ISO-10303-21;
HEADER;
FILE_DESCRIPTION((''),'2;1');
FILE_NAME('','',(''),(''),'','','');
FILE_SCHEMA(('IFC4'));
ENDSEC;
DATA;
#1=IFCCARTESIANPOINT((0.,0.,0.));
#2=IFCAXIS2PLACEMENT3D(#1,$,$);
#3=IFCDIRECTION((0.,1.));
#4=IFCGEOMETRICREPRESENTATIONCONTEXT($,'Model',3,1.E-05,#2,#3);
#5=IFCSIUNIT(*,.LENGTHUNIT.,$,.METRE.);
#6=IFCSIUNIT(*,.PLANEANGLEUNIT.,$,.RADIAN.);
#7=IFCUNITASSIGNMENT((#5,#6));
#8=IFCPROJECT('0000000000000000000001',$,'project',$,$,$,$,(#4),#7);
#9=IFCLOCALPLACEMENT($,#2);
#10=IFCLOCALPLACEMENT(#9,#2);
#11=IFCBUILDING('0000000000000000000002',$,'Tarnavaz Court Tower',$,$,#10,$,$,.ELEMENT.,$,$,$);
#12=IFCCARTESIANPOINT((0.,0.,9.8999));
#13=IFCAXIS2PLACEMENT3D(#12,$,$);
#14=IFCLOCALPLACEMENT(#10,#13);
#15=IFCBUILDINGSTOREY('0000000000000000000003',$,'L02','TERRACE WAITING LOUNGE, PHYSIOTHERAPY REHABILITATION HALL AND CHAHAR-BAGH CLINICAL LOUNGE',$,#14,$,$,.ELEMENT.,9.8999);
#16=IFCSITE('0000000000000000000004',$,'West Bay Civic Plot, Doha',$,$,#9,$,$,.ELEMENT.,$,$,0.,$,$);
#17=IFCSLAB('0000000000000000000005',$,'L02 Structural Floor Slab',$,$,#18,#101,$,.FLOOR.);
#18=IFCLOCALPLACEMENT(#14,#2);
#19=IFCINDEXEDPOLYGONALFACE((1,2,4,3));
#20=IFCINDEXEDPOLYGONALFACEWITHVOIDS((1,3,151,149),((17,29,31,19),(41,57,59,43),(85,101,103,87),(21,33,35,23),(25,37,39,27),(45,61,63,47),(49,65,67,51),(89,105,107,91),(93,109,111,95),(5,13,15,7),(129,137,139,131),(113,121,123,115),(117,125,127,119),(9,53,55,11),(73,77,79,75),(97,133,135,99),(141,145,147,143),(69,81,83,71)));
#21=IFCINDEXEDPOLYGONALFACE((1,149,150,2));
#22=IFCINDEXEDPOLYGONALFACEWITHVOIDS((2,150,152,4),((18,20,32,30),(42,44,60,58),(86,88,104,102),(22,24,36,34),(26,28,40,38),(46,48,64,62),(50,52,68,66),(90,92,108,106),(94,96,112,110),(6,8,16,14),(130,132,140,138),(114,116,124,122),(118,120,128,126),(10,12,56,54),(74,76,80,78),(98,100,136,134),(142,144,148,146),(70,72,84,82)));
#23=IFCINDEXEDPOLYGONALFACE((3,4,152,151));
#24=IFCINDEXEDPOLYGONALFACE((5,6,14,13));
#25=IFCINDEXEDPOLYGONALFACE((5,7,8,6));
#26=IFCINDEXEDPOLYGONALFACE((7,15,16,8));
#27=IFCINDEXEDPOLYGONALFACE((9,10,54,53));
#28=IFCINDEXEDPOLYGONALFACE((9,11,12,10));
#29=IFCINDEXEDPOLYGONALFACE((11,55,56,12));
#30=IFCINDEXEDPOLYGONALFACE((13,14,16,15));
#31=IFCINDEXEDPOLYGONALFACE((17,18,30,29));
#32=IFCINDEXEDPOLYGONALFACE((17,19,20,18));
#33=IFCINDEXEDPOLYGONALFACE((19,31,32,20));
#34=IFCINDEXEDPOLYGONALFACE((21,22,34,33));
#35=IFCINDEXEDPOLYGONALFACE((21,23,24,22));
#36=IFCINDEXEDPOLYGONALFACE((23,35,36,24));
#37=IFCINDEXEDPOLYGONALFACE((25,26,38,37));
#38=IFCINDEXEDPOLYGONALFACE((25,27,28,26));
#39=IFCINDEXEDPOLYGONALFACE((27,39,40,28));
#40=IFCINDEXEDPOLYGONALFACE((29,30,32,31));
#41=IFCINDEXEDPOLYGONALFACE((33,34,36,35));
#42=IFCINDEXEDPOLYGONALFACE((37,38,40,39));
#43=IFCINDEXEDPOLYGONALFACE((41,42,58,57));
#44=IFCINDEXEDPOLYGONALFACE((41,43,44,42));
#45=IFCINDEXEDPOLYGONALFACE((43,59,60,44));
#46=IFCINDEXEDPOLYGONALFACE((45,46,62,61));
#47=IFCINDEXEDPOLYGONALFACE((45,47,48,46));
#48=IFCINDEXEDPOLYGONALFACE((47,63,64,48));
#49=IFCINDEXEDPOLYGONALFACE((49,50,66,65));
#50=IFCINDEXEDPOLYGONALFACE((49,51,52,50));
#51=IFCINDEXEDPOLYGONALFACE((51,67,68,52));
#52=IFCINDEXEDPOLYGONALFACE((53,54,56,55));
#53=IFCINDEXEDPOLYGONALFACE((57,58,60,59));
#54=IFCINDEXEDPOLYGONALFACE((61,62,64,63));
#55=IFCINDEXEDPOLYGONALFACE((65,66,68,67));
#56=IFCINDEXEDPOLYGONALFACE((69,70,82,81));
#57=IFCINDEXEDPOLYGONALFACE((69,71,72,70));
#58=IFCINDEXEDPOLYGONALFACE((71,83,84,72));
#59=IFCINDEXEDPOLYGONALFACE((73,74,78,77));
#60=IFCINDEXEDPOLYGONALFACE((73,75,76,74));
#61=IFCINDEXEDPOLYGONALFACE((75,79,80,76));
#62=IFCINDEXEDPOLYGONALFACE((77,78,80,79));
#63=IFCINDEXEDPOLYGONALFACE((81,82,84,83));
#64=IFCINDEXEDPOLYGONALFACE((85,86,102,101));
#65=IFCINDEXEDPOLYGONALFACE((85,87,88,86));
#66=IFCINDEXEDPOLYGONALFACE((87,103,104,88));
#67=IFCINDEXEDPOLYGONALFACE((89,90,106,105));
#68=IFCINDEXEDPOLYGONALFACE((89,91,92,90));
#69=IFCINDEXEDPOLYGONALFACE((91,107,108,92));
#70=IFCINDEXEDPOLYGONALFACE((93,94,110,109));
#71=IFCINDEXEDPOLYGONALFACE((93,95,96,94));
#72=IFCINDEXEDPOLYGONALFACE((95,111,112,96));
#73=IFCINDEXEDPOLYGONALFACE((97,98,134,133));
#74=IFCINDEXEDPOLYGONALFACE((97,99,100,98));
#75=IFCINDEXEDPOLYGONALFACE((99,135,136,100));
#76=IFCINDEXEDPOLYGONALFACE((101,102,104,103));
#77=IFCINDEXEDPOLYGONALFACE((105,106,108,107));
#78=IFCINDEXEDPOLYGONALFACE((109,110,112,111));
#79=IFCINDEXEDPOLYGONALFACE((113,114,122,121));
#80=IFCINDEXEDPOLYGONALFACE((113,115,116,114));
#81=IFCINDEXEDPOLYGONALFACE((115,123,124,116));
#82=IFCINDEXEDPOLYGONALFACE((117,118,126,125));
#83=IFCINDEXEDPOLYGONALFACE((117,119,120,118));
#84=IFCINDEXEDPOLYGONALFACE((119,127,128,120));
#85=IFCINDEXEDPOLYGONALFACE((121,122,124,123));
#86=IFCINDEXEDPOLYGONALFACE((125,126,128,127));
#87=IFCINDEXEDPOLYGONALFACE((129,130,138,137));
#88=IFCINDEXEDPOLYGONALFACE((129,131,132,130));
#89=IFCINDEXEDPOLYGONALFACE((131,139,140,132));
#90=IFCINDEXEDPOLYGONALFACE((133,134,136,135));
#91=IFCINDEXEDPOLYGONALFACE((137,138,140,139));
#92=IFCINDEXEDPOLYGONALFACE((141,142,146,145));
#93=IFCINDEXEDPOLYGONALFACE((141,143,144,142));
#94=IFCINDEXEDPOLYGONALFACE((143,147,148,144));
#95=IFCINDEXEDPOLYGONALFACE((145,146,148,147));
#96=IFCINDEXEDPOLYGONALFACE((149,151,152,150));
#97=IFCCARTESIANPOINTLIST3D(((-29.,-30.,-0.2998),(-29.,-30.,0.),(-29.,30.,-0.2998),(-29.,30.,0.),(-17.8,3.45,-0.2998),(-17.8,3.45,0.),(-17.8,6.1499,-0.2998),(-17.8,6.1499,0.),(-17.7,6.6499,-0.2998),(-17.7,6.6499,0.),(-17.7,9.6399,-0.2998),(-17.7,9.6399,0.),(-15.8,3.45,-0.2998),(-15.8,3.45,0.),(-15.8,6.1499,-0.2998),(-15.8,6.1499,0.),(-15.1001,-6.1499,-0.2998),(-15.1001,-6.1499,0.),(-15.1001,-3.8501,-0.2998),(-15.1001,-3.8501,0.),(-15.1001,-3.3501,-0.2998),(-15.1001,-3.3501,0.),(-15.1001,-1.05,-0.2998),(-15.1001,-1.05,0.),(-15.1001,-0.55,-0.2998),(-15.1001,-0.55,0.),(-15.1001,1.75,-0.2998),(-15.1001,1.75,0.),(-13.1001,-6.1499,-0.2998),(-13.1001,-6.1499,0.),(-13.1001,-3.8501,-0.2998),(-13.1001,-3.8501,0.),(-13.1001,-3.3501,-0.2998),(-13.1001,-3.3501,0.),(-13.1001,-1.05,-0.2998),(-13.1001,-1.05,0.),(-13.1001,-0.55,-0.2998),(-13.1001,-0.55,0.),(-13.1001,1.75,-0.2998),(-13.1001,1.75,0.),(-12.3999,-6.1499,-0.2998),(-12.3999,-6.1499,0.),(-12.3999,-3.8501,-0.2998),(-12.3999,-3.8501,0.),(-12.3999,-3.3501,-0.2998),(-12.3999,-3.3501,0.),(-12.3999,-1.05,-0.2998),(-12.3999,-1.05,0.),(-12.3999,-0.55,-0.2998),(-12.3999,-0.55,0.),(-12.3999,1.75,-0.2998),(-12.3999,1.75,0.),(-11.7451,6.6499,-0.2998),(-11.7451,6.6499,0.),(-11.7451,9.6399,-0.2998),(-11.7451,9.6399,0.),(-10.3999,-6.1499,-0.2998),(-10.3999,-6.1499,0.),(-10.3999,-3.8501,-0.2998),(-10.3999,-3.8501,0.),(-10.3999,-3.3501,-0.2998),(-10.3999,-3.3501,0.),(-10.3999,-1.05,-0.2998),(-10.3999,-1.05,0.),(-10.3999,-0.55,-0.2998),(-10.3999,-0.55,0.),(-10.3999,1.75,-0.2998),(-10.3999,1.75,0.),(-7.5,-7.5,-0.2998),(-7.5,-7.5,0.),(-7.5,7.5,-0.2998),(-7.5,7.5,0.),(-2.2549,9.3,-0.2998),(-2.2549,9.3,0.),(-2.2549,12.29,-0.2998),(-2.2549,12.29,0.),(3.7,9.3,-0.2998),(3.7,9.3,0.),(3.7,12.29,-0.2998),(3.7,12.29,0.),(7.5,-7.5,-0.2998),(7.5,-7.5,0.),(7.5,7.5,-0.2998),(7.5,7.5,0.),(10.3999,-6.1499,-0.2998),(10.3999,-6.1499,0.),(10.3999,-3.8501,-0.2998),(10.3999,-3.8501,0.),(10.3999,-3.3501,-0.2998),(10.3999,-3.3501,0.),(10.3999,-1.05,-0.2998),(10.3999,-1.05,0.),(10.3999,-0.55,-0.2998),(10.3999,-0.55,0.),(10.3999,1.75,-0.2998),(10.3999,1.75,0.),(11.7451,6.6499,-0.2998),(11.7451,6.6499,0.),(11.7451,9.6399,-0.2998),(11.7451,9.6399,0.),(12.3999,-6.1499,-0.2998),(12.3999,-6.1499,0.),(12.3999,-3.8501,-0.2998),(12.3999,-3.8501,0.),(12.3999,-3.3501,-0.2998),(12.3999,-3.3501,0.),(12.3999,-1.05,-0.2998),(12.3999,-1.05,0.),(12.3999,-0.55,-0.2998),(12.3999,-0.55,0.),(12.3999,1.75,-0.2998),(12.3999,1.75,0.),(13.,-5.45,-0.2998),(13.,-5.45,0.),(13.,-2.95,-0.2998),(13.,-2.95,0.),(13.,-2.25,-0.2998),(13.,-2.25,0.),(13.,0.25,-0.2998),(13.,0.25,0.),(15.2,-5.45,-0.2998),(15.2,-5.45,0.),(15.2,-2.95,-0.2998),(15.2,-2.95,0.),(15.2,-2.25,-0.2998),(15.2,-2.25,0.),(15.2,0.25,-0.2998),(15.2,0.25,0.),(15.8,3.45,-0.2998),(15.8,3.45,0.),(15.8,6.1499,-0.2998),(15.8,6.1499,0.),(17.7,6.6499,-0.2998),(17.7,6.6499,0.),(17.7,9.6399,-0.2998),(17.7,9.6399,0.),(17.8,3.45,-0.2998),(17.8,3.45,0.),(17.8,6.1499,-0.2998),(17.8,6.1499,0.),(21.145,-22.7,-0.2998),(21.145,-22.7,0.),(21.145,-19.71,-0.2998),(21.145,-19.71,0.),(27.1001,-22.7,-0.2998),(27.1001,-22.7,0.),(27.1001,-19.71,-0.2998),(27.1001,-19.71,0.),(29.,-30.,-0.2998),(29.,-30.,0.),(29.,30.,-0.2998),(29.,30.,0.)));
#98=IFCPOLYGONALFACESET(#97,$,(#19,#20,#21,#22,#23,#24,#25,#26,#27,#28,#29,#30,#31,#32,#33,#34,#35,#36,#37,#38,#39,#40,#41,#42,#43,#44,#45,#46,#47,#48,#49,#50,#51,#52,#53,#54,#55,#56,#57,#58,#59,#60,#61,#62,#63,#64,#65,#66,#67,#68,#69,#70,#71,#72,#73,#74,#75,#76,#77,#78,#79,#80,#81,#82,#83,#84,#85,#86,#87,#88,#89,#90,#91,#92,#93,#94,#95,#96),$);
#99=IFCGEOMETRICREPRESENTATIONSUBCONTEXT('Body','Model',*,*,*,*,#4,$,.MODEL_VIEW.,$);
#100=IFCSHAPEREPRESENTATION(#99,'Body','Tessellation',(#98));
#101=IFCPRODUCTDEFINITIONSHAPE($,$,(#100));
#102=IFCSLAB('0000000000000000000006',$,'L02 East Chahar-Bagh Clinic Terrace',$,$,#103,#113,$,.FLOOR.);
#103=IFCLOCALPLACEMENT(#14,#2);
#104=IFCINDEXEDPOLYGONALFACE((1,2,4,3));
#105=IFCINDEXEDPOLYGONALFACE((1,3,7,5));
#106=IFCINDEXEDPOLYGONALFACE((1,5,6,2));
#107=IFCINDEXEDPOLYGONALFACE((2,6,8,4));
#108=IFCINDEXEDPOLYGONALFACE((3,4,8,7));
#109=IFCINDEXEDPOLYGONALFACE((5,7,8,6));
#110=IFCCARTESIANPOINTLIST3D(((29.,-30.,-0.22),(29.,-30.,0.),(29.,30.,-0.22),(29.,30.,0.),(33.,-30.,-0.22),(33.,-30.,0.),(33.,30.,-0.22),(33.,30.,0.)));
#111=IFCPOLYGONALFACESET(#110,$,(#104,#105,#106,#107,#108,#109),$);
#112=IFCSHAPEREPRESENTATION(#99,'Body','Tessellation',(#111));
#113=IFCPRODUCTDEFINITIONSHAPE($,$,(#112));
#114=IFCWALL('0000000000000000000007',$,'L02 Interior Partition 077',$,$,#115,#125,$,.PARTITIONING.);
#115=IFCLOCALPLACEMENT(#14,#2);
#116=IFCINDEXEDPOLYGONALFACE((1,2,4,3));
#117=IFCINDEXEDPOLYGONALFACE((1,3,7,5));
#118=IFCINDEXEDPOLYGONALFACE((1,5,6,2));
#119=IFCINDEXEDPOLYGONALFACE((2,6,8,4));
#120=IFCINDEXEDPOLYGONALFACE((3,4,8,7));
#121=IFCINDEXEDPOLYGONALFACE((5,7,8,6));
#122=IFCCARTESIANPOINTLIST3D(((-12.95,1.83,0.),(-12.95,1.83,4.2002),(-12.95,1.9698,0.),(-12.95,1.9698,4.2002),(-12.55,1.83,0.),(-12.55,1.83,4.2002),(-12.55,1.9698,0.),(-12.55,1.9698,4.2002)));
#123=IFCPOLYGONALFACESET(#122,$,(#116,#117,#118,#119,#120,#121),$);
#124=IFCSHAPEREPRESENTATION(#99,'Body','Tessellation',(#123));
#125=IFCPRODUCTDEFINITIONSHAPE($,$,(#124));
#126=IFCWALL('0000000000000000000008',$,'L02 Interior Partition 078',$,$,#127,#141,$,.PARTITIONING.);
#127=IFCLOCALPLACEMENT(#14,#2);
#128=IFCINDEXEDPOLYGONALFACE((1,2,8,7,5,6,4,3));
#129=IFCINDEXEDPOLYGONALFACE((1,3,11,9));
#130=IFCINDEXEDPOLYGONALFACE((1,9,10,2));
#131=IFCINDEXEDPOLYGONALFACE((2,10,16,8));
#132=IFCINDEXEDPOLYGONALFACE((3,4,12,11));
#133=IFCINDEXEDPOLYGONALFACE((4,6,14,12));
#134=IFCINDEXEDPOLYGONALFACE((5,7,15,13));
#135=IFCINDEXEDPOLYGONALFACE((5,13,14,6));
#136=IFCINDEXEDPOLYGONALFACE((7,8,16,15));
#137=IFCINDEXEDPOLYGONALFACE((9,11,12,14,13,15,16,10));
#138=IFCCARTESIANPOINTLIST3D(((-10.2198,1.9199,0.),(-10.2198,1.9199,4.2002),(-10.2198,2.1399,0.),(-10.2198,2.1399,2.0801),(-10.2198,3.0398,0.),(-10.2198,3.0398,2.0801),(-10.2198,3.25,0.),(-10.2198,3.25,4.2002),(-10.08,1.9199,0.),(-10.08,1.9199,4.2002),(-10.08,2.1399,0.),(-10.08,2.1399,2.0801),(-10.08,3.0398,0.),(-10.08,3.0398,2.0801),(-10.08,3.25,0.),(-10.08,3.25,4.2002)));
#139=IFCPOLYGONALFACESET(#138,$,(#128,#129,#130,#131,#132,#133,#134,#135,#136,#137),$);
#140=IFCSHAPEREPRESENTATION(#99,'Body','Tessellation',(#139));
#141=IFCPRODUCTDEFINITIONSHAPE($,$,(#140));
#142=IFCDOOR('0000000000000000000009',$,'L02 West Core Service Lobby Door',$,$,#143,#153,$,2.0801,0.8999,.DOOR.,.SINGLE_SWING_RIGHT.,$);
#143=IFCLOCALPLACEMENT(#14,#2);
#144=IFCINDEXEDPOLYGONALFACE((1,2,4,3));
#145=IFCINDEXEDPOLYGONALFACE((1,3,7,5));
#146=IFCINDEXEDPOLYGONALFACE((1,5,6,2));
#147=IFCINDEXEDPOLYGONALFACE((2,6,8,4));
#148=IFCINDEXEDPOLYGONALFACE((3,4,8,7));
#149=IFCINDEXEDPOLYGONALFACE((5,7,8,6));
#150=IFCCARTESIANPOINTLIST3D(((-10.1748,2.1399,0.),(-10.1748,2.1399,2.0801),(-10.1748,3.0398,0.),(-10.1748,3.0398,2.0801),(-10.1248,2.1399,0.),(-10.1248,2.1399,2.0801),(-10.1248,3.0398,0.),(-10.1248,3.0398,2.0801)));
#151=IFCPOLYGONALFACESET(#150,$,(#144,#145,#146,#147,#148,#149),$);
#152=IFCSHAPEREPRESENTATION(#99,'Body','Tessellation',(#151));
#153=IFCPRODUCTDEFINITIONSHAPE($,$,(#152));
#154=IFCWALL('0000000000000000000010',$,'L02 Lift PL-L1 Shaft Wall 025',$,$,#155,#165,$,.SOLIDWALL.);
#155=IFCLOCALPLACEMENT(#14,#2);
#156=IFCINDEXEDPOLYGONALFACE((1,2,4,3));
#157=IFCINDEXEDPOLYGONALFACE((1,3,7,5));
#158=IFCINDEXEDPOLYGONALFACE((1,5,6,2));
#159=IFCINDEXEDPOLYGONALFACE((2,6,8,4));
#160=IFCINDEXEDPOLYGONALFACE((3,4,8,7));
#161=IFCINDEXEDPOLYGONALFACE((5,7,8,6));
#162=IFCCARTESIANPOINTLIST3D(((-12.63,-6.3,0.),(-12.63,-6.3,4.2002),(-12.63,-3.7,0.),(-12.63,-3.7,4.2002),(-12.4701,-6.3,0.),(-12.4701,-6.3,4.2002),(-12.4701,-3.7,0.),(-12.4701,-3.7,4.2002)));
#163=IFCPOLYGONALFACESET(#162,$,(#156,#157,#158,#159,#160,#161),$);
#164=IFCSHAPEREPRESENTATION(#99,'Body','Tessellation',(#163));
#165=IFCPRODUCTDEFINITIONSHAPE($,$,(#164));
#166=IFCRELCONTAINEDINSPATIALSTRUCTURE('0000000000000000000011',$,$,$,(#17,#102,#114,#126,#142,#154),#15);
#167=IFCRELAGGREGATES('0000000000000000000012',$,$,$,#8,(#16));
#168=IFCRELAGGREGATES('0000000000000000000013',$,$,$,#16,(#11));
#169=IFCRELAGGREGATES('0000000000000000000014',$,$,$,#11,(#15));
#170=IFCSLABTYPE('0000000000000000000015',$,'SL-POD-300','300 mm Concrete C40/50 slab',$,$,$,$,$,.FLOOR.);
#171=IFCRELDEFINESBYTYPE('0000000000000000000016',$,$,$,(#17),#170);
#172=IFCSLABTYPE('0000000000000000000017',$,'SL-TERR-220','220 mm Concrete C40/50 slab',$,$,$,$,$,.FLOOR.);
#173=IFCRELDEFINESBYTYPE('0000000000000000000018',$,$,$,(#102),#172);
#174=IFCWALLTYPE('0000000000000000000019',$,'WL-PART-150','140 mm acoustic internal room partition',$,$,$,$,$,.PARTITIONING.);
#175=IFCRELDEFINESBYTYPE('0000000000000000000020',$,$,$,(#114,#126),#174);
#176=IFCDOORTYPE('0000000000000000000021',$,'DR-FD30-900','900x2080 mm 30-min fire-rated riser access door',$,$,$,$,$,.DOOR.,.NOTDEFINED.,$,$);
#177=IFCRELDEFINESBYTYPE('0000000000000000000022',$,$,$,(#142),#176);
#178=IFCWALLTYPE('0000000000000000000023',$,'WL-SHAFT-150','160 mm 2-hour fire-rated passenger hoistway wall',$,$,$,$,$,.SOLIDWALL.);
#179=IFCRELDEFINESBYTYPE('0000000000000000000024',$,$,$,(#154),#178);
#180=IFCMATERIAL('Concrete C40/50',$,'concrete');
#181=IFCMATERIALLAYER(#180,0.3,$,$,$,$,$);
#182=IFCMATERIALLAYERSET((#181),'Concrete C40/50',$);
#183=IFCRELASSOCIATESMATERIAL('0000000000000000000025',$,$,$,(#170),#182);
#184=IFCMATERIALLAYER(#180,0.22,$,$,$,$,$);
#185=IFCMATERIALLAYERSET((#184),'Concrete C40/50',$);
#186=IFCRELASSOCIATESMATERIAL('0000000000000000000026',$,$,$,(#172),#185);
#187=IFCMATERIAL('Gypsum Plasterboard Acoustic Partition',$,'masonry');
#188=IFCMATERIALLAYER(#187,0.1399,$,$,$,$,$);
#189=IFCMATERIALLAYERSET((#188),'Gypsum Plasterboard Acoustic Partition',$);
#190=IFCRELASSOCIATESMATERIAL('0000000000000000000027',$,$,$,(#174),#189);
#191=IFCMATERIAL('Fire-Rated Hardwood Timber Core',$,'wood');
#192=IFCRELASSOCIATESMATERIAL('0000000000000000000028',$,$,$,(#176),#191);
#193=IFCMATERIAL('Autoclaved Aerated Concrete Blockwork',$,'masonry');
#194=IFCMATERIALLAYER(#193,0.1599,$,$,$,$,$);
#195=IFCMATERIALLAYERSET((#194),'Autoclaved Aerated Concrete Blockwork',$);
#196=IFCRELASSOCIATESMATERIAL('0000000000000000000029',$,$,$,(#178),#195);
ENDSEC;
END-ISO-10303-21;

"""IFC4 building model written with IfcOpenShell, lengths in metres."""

from ifc_helpers import new_model, si_unit, direction, frame, frame_2d, origin, place, context, subcontext, project, spatial, polyline, rectangle, outline, extrude, material, layer, layer_set, type_object, element, fill, save


model = new_model("IFC4")

# Units and contexts
model_context = context("Model", 3, precision=1e-05, world=origin(), true_north=direction((0.0, 1.0)))
body_context = subcontext(model_context, "Body", "Model", "MODEL_VIEW")
ifc_project = project(units=[si_unit("LENGTHUNIT", "METRE"), si_unit("PLANEANGLEUNIT", "RADIAN")], contexts=[model_context])

# Site, building, storey
site_placement = place(None, origin())
site = spatial("IfcSite", under=ifc_project, at=site_placement, Name="West Bay Civic Plot, Doha", CompositionType="ELEMENT", RefElevation=0.0)
building_placement = place(site_placement, origin())
building = spatial("IfcBuilding", under=site, at=building_placement, Name="Tarnavaz Court Tower", CompositionType="ELEMENT")
storey_placement = place(building_placement, frame((0.0, 0.0, 9.8999)))
storey = spatial("IfcBuildingStorey", under=building, at=storey_placement, Name="L02", Description="TERRACE WAITING LOUNGE, PHYSIOTHERAPY REHABILITATION HALL AND CHAHAR-BAGH CLINICAL LOUNGE", CompositionType="ELEMENT", Elevation=9.8999)

# Slabs
ifc_material_1 = material(Name="Concrete C40/50", Category="concrete")
ifc_layer_1 = layer(ifc_material_1, 0.3)
ifc_layer_set_1 = layer_set([ifc_layer_1], Name="Concrete C40/50")
slab_type_1 = type_object("IfcSlabType", Name="SL-POD-300", Description="300 mm Concrete C40/50 slab", PredefinedType="FLOOR", material=ifc_layer_set_1)
slab_1_placement = place(storey_placement, frame((0.0, 0.0, -0.2998)))
element("IfcSlab", 1, at=slab_1_placement, inside=storey, type_object=slab_type_1, Name="L02 Structural Floor Slab", PredefinedType="FLOOR", context=body_context, shape_type="SweptSolid", body=[
    extrude(outline(polyline([(-29.0, -30.0), (29.0, -30.0), (29.0, 30.0), (-29.0, 30.0), (-29.0, -30.0)]), holes=[polyline([(-7.5, -7.5), (7.5, -7.5), (7.5, 7.5), (-7.5, 7.5), (-7.5, -7.5)]), polyline([(-11.7451, 9.6399), (-17.7, 9.6399), (-17.7, 6.6499), (-11.7451, 6.6499), (-11.7451, 9.6399)]), polyline([(11.7451, 6.6499), (17.7, 6.6499), (17.7, 9.6399), (11.7451, 9.6399), (11.7451, 6.6499)]), polyline([(-2.2549, 9.3), (3.7, 9.3), (3.7, 12.29), (-2.2549, 12.29), (-2.2549, 9.3)]), polyline([(21.145, -22.7), (27.1001, -22.7), (27.1001, -19.71), (21.145, -19.71), (21.145, -22.7)]), polyline([(-17.8, 3.45), (-15.8, 3.45), (-15.8, 6.1499), (-17.8, 6.1499), (-17.8, 3.45)]), polyline([(-12.3999, -6.1499), (-10.3999, -6.1499), (-10.3999, -3.8501), (-12.3999, -3.8501), (-12.3999, -6.1499)]), polyline([(-12.3999, -3.3501), (-10.3999, -3.3501), (-10.3999, -1.05), (-12.3999, -1.05), (-12.3999, -3.3501)]), polyline([(-12.3999, -0.55), (-10.3999, -0.55), (-10.3999, 1.75), (-12.3999, 1.75), (-12.3999, -0.55)]), polyline([(-15.1001, -6.1499), (-13.1001, -6.1499), (-13.1001, -3.8501), (-15.1001, -3.8501), (-15.1001, -6.1499)]), polyline([(-15.1001, -3.3501), (-13.1001, -3.3501), (-13.1001, -1.05), (-15.1001, -1.05), (-15.1001, -3.3501)]), polyline([(-15.1001, -0.55), (-13.1001, -0.55), (-13.1001, 1.75), (-15.1001, 1.75), (-15.1001, -0.55)]), polyline([(15.8, 3.45), (17.8, 3.45), (17.8, 6.1499), (15.8, 6.1499), (15.8, 3.45)]), polyline([(10.3999, -6.1499), (12.3999, -6.1499), (12.3999, -3.8501), (10.3999, -3.8501), (10.3999, -6.1499)]), polyline([(10.3999, -3.3501), (12.3999, -3.3501), (12.3999, -1.05), (10.3999, -1.05), (10.3999, -3.3501)]), polyline([(10.3999, -0.55), (12.3999, -0.55), (12.3999, 1.75), (10.3999, 1.75), (10.3999, -0.55)]), polyline([(13.0, -5.45), (15.2, -5.45), (15.2, -2.95), (13.0, -2.95), (13.0, -5.45)]), polyline([(13.0, -2.25), (15.2, -2.25), (15.2, 0.25), (13.0, 0.25), (13.0, -2.25)])]), origin(), (0.0, 0.0, 1.0), 0.2998),
])
ifc_layer_2 = layer(ifc_material_1, 0.22)
ifc_layer_set_2 = layer_set([ifc_layer_2], Name="Concrete C40/50")
slab_type_2 = type_object("IfcSlabType", Name="SL-TERR-220", Description="220 mm Concrete C40/50 slab", PredefinedType="FLOOR", material=ifc_layer_set_2)
slab_2_placement = place(storey_placement, frame((0.0, 0.0, -0.22)))
element("IfcSlab", 2, at=slab_2_placement, inside=storey, type_object=slab_type_2, Name="L02 East Chahar-Bagh Clinic Terrace", PredefinedType="FLOOR", context=body_context, shape_type="SweptSolid", body=[
    extrude(outline(polyline([(29.0, -30.0), (33.0, -30.0), (33.0, 30.0), (29.0, 30.0), (29.0, -30.0)])), origin(), (0.0, 0.0, 1.0), 0.22),
])

# Wall
ifc_material_2 = material(Name="Gypsum Plasterboard Acoustic Partition", Category="masonry")
ifc_layer_3 = layer(ifc_material_2, 0.1399)
ifc_layer_set_3 = layer_set([ifc_layer_3], Name="Gypsum Plasterboard Acoustic Partition")
wall_type_1 = type_object("IfcWallType", Name="WL-PART-150", Description="140 mm acoustic internal room partition", PredefinedType="PARTITIONING", material=ifc_layer_set_3)
wall_1_placement = place(storey_placement, frame((-12.95, 1.8999, 0.0), z_axis=(0.0, 0.0, 1.0), x_axis=(1.0, 0.0, 0.0)))
element("IfcWall", 3, at=wall_1_placement, inside=storey, type_object=wall_type_1, Name="L02 Interior Partition 077", PredefinedType="PARTITIONING", context=body_context, shape_type="SweptSolid", body=[
    extrude(rectangle(XDim=0.3999, YDim=0.1399, at=frame_2d((0.2, 0.0))), origin(), (0.0, 0.0, 1.0), 4.2002),
])

# Wall, opening, door
wall_2_placement = place(storey_placement, frame((-10.1499, 1.9199, 0.0), z_axis=(0.0, 0.0, 1.0), x_axis=(0.0, 1.0, 0.0)))
wall_2 = element("IfcWall", 4, at=wall_2_placement, inside=storey, type_object=wall_type_1, Name="L02 Interior Partition 078", PredefinedType="PARTITIONING", context=body_context, shape_type="SweptSolid", body=[
    extrude(rectangle(XDim=1.3301, YDim=0.1399, at=frame_2d((0.665, 0.0))), origin(), (0.0, 0.0, 1.0), 4.2002),
])
opening_1_placement = place(wall_2_placement, frame((0.22, 0.0, 0.0)))
opening_1 = element("IfcOpeningElement", 5, at=opening_1_placement, cuts=wall_2, PredefinedType="OPENING", context=body_context, shape_type="SweptSolid", body=[
    extrude(rectangle(XDim=0.8999, YDim=2.0801, at=frame_2d((0.45, 1.04))), frame((0.0, 0.0798, 0.0), z_axis=(0.0, -1.0, 0.0), x_axis=(1.0, 0.0, 0.0)), (0.0, 0.0, 1.0), 0.1599),
])
ifc_material_3 = material(Name="Fire-Rated Hardwood Timber Core", Category="wood")
door_type_1 = type_object("IfcDoorType", Name="DR-FD30-900", Description="900x2080 mm 30-min fire-rated riser access door", OperationType="NOTDEFINED", PredefinedType="DOOR", material=ifc_material_3)
door_1_placement = place(opening_1_placement, origin())
door_1 = element("IfcDoor", 6, at=door_1_placement, inside=storey, type_object=door_type_1, Name="L02 West Core Service Lobby Door", OperationType="SINGLE_SWING_RIGHT", OverallHeight=2.0801, OverallWidth=0.8999, PredefinedType="DOOR", context=body_context, shape_type="SweptSolid", body=[
    extrude(rectangle(XDim=0.8999, YDim=2.0801, at=frame_2d((0.45, 1.04))), frame((0.0, 0.0249, 0.0), z_axis=(0.0, -1.0, 0.0), x_axis=(1.0, 0.0, 0.0)), (0.0, 0.0, 1.0), 0.05),
])
fill(opening_1, door_1)

# Wall
ifc_material_4 = material(Name="Autoclaved Aerated Concrete Blockwork", Category="masonry")
ifc_layer_4 = layer(ifc_material_4, 0.1599)
ifc_layer_set_4 = layer_set([ifc_layer_4], Name="Autoclaved Aerated Concrete Blockwork")
wall_type_2 = type_object("IfcWallType", Name="WL-SHAFT-150", Description="160 mm 2-hour fire-rated passenger hoistway wall", PredefinedType="SOLIDWALL", material=ifc_layer_set_4)
wall_3_placement = place(storey_placement, frame((-12.55, -6.3, 0.0), z_axis=(0.0, 0.0, 1.0), x_axis=(0.0, 1.0, 0.0)))
element("IfcWall", 7, at=wall_3_placement, inside=storey, type_object=wall_type_2, Name="L02 Lift PL-L1 Shaft Wall 025", PredefinedType="SOLIDWALL", context=body_context, shape_type="SweptSolid", body=[
    extrude(rectangle(XDim=2.6001, YDim=0.1599, at=frame_2d((1.3, 0.0))), origin(), (0.0, 0.0, 1.0), 4.2002),
])

save(model, "model.ifc")
